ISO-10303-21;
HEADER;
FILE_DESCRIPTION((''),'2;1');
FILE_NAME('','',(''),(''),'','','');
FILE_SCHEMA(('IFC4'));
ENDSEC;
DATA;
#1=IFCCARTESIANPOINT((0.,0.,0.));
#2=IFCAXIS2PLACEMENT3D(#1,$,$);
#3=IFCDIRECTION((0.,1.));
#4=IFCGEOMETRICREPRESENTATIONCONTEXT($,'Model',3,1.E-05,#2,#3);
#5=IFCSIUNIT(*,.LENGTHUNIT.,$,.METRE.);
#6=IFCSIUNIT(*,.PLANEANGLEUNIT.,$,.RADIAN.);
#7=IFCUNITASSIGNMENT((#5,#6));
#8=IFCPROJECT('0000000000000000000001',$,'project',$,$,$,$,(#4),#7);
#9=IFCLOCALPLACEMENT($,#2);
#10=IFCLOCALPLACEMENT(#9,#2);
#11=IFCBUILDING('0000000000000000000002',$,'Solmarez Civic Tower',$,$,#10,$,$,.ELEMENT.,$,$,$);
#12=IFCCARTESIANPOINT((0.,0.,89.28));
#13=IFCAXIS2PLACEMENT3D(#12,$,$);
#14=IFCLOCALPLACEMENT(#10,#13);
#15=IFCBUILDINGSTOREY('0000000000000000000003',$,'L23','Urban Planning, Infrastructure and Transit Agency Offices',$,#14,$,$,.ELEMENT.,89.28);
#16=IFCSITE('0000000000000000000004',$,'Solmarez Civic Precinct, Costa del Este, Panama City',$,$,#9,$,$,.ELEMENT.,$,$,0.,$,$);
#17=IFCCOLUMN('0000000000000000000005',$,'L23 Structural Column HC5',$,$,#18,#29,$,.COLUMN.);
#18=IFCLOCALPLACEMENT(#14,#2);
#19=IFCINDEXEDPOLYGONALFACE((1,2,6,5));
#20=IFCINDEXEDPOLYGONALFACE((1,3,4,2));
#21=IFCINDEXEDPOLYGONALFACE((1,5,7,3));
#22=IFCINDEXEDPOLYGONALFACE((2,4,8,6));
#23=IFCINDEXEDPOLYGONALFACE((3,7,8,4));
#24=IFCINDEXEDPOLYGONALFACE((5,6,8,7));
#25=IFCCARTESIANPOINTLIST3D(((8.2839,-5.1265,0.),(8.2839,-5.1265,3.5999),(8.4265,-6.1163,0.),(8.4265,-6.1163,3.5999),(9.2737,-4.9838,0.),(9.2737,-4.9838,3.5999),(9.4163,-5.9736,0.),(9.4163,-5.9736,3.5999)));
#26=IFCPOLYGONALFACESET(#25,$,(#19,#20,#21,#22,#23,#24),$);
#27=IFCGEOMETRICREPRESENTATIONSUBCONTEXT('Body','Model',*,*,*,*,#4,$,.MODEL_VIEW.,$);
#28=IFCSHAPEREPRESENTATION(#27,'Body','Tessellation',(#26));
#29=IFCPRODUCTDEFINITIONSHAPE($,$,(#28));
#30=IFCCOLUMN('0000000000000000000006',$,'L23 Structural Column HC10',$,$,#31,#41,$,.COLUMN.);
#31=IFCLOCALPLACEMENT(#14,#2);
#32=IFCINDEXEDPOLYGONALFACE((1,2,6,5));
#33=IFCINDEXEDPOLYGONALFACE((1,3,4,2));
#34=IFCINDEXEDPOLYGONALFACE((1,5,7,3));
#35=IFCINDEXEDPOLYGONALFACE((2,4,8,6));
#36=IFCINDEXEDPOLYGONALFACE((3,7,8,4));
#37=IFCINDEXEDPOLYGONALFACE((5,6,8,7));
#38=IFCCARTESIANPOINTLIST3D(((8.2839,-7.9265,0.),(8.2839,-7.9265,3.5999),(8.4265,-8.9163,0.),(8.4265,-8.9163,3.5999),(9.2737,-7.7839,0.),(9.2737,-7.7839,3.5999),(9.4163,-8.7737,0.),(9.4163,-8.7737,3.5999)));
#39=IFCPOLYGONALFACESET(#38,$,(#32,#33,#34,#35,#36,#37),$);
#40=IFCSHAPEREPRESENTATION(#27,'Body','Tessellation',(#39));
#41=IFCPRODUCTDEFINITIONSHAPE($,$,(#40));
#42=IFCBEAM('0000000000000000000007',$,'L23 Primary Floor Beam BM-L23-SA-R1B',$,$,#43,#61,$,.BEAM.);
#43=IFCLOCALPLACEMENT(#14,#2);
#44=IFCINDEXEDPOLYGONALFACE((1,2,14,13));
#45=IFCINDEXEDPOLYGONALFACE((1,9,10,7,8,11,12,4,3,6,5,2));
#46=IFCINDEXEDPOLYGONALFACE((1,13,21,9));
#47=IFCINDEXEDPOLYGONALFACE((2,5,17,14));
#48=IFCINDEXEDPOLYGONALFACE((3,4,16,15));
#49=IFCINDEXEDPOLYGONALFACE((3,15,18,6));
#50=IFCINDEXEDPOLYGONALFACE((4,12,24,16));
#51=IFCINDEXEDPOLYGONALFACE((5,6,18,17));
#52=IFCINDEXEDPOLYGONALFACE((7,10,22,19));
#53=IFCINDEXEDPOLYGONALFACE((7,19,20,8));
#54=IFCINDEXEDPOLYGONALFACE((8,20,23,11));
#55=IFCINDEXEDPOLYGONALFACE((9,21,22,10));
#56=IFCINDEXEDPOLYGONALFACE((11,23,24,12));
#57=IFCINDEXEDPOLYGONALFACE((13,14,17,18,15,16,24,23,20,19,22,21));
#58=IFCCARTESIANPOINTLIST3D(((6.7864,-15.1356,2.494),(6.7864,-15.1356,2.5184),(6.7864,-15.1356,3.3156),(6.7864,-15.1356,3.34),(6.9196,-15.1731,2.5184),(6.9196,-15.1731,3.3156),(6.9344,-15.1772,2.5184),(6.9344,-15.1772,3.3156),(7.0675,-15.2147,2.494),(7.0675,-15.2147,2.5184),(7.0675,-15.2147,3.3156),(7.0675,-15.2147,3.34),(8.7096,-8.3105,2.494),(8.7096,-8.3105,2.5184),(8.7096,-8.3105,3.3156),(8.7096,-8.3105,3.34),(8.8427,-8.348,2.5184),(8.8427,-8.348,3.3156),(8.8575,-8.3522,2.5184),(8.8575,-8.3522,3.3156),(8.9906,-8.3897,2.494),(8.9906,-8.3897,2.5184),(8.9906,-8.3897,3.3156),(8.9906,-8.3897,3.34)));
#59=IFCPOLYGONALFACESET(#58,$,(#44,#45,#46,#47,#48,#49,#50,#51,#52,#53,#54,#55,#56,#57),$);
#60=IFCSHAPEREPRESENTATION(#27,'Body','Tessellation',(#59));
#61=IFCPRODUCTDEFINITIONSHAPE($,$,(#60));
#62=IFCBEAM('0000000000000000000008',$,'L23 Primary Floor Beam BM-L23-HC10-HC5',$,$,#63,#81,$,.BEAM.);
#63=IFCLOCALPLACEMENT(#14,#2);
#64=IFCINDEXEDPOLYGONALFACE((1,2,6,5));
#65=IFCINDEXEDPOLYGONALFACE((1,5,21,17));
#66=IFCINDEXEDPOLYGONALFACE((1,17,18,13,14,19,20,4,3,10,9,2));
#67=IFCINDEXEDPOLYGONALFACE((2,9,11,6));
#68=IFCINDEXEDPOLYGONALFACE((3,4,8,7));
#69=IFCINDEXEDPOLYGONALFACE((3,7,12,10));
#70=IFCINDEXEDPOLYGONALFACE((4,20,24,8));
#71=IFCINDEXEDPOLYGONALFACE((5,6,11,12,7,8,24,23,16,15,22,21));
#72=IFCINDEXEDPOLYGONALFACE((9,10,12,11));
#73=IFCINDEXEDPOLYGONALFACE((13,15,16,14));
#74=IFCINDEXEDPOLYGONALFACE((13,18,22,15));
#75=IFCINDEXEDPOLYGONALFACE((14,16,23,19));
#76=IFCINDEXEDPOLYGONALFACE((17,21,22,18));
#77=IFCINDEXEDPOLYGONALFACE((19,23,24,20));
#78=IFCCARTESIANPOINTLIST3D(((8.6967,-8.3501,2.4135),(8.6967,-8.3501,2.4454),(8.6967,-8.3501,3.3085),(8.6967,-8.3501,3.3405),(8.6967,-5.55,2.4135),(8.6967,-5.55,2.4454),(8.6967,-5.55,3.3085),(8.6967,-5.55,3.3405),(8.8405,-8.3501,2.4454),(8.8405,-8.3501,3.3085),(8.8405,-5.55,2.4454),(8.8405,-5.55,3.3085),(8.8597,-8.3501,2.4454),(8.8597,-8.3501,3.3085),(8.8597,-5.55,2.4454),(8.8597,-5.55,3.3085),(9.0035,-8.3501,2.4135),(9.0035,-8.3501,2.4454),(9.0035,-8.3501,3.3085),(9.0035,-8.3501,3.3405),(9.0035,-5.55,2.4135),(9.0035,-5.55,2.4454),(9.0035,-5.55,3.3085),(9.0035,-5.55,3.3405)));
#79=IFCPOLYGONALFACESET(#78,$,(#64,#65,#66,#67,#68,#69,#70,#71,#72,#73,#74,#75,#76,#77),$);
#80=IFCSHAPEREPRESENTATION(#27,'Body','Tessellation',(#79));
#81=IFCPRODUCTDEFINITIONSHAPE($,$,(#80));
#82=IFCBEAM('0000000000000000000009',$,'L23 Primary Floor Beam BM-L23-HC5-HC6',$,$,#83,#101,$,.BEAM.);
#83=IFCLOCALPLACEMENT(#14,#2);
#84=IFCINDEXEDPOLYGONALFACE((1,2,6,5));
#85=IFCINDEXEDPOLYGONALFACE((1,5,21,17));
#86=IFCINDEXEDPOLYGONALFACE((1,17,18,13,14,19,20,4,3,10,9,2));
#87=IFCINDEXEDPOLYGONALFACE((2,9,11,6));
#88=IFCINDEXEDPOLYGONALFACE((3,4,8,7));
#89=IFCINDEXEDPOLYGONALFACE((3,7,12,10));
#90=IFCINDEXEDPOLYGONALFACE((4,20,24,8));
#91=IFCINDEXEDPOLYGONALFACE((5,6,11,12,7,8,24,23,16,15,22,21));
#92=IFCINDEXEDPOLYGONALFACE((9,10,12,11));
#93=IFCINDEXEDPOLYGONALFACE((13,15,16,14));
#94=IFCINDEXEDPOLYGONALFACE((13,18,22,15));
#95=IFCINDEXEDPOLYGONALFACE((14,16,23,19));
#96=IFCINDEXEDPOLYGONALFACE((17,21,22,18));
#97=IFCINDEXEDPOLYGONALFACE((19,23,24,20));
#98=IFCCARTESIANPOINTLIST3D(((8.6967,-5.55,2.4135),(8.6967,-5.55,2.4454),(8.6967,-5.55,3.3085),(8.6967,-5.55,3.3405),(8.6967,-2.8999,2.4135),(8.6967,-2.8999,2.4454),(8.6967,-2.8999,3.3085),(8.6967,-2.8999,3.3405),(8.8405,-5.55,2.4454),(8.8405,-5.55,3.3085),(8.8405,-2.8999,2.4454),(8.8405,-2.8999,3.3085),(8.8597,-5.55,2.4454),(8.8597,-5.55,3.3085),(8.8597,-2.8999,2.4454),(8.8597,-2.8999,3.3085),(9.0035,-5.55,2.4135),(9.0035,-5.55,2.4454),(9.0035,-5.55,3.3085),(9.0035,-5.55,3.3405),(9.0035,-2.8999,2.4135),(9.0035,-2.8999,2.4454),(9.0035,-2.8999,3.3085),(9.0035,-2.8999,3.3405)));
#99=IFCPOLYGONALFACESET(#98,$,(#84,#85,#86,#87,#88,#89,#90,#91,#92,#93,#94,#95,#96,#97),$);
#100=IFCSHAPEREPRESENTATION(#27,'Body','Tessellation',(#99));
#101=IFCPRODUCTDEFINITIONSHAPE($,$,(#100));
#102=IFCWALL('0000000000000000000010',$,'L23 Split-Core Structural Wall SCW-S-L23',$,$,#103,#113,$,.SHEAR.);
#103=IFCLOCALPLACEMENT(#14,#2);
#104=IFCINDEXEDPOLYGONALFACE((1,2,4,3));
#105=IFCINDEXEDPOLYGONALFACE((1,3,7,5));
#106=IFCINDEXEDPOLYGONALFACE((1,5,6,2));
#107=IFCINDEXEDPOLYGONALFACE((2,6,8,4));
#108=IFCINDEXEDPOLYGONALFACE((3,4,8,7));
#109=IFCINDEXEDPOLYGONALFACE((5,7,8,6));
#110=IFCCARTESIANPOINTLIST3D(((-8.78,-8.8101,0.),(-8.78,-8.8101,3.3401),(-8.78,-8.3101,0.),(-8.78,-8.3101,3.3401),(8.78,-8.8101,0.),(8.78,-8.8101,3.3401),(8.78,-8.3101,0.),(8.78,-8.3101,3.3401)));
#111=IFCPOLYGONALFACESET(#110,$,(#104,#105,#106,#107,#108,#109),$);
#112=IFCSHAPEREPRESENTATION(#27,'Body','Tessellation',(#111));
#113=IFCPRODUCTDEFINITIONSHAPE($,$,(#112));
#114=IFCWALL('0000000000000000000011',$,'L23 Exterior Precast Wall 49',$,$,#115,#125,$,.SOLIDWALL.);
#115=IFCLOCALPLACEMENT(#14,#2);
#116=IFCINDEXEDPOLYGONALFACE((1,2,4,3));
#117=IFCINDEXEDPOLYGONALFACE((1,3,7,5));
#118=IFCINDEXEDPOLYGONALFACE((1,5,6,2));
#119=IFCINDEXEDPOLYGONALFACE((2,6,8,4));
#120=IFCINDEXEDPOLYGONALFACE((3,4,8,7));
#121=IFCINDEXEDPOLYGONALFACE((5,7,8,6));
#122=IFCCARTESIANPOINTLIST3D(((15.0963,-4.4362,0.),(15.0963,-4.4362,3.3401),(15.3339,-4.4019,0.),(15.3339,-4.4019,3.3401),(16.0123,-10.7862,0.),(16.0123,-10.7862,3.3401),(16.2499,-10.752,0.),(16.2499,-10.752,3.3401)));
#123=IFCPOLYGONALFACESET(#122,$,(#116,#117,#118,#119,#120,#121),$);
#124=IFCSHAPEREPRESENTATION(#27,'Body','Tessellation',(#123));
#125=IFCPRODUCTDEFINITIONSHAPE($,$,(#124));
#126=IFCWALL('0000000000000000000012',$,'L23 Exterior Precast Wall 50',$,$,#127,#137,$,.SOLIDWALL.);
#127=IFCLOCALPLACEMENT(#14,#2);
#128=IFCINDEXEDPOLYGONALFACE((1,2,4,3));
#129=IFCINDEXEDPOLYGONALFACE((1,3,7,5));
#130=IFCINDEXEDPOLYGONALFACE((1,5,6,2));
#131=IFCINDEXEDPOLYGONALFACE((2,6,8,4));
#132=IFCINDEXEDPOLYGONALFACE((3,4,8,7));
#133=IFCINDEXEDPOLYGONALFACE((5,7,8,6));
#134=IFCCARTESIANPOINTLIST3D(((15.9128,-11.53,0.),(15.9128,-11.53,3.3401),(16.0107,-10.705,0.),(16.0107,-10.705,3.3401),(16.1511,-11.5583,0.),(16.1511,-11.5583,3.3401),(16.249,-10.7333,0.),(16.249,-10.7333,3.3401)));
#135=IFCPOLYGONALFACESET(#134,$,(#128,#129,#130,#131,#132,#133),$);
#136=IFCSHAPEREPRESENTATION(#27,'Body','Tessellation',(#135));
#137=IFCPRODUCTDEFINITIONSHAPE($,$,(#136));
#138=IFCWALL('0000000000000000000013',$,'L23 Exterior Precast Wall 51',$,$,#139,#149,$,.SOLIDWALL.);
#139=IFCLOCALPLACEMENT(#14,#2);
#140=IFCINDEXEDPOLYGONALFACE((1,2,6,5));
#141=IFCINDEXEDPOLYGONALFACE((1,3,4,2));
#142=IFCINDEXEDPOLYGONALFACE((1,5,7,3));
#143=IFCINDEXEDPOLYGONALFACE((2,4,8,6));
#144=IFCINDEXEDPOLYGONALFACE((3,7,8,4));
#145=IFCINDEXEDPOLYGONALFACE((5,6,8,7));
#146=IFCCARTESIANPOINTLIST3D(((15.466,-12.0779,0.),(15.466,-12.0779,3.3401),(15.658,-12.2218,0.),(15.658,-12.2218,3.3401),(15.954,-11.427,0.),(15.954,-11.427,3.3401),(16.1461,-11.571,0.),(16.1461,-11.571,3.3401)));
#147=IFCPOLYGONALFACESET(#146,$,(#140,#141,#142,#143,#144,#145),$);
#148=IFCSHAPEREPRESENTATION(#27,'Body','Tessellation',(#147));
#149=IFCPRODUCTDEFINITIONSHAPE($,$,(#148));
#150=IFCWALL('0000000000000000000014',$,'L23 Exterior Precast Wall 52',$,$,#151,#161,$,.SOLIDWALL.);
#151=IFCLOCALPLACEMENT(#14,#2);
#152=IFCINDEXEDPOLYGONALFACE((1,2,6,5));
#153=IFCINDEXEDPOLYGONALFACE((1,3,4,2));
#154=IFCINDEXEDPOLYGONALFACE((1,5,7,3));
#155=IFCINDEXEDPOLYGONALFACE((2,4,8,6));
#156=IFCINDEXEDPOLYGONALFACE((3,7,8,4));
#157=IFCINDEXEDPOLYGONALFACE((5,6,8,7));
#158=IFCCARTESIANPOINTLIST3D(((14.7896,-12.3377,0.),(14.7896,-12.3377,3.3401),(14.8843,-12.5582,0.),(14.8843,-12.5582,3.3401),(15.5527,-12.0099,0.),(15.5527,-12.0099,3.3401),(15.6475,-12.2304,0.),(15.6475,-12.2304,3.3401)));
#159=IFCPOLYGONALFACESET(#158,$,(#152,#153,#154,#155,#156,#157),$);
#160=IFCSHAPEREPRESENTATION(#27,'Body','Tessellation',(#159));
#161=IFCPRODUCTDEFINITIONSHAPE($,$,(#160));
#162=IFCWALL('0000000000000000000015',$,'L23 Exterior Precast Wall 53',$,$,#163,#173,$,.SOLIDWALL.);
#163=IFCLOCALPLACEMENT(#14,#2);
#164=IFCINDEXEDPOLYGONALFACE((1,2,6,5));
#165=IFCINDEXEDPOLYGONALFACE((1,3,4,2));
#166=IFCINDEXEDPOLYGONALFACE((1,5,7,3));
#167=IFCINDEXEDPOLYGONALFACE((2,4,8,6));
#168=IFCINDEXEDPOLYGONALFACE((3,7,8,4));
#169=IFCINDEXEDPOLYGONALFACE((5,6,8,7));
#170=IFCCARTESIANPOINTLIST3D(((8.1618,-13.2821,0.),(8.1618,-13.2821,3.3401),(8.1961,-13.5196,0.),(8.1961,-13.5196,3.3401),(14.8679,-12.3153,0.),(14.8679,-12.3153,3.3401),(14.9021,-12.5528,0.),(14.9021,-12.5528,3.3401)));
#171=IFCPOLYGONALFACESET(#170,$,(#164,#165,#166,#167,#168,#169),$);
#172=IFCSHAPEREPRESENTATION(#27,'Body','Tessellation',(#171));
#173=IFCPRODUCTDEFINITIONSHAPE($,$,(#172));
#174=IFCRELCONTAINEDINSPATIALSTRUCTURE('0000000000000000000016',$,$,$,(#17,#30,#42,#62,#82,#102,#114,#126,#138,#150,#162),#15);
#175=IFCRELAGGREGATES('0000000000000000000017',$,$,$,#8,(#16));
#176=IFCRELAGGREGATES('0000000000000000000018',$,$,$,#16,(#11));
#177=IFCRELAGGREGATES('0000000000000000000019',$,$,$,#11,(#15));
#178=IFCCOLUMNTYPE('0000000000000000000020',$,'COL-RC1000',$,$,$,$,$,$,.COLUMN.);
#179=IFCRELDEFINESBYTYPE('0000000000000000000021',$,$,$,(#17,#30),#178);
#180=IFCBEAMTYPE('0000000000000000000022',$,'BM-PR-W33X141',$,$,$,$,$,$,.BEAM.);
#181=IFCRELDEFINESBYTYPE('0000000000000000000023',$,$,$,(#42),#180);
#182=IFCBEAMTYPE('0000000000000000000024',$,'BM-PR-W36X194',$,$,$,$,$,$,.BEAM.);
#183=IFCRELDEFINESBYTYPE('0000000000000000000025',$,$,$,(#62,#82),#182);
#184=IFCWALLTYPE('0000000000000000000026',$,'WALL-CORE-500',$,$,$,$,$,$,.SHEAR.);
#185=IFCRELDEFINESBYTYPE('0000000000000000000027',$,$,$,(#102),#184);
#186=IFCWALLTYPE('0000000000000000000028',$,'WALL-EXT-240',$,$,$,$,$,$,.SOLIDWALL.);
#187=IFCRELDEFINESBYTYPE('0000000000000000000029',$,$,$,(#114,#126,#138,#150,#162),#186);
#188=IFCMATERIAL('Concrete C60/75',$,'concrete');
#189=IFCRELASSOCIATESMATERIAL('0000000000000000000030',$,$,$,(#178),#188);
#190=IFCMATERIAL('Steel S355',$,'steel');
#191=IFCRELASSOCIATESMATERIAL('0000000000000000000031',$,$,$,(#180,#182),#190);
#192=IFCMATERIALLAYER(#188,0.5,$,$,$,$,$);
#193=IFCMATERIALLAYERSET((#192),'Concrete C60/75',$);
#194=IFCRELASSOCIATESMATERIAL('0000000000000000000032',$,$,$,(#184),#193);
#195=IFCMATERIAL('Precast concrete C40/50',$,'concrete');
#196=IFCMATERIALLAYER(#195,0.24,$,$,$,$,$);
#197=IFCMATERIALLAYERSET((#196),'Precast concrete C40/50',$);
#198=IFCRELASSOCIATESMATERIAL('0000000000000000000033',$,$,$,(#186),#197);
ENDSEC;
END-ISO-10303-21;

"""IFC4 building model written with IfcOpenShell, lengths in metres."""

from ifc_helpers import new_model, si_unit, direction, frame, frame_2d, origin, origin_2d, place, context, subcontext, project, spatial, rectangle, i_section, extrude, material, layer, layer_set, material_profile, profile_set, type_object, element, save


model = new_model("IFC4")

# Units and contexts
model_context = context("Model", 3, precision=1e-05, world=origin(), true_north=direction((0.0, 1.0)))
body_context = subcontext(model_context, "Body", "Model", "MODEL_VIEW")
ifc_project = project(units=[si_unit("LENGTHUNIT", "METRE"), si_unit("PLANEANGLEUNIT", "RADIAN")], contexts=[model_context])

# Site, building, storey
site_placement = place(None, origin())
site = spatial("IfcSite", under=ifc_project, at=site_placement, Name="Solmarez Civic Precinct, Costa del Este, Panama City", CompositionType="ELEMENT", RefElevation=0.0)
building_placement = place(site_placement, origin())
building = spatial("IfcBuilding", under=site, at=building_placement, Name="Solmarez Civic Tower", CompositionType="ELEMENT")
storey_placement = place(building_placement, frame((0.0, 0.0, 89.28)))
storey = spatial("IfcBuildingStorey", under=building, at=storey_placement, Name="L23", Description="Urban Planning, Infrastructure and Transit Agency Offices", CompositionType="ELEMENT", Elevation=89.28)

# Columns
ifc_material_1 = material(Name="Concrete C60/75", Category="concrete")
ifc_material_profile_1 = material_profile(ifc_material_1, rectangle(XDim=1.0, YDim=1.0, at=origin_2d()), Name="RC1000X1000")
ifc_profile_set_1 = profile_set([ifc_material_profile_1], Name="Concrete C60/75")
column_type = type_object("IfcColumnType", Name="COL-RC1000", PredefinedType="COLUMN", material=ifc_profile_set_1)
for number, where, z_axis, x_axis, name in (
    (1, (8.8501, -5.55, 0.0), (0.0, 0.0, 1.0), (0.989776, 0.142629, 0.0), "L23 Structural Column HC5"),
    (2, (8.8501, -8.3501, 0.0), (0.0, 0.0, 1.0), (0.989776, 0.142629, 0.0), "L23 Structural Column HC10"),
):
    element("IfcColumn", number, at=place(storey_placement, frame(where, z_axis=z_axis, x_axis=x_axis)), inside=storey, type_object=column_type, Name=name, PredefinedType="COLUMN", context=body_context, shape_type="SweptSolid", body=[
        extrude(rectangle(XDim=1.0, YDim=1.0, at=origin_2d()), origin(), (0.0, 0.0, 1.0), 3.5999),
    ])

# Beams
ifc_material_2 = material(Name="Steel S355", Category="steel")
ifc_material_profile_2 = material_profile(ifc_material_2, i_section(OverallWidth=0.292, OverallDepth=0.8459, WebThickness=0.0154, FlangeThickness=0.0244, at=origin_2d()), Name="W33X141")
ifc_profile_set_2 = profile_set([ifc_material_profile_2], Name="Steel S355")
beam_type_1 = type_object("IfcBeamType", Name="BM-PR-W33X141", PredefinedType="BEAM", material=ifc_profile_set_2)
beam_1_placement = place(storey_placement, frame((8.8501, -8.3501, 2.917), z_axis=(-0.271213, -0.962519, 0.0), x_axis=(0.962519, -0.271213, 0.0)))
element("IfcBeam", 3, at=beam_1_placement, inside=storey, type_object=beam_type_1, Name="L23 Primary Floor Beam BM-L23-SA-R1B", PredefinedType="BEAM", context=body_context, shape_type="SweptSolid", body=[
    extrude(i_section(OverallWidth=0.292, OverallDepth=0.8459, WebThickness=0.0154, FlangeThickness=0.0244, at=origin_2d()), origin(), (0.0, 0.0, 1.0), 7.0908),
])
ifc_material_profile_3 = material_profile(ifc_material_2, i_section(OverallWidth=0.3069, OverallDepth=0.927, WebThickness=0.0193, FlangeThickness=0.032, at=origin_2d()), Name="W36X194")
ifc_profile_set_3 = profile_set([ifc_material_profile_3], Name="Steel S355")
beam_type_2 = type_object("IfcBeamType", Name="BM-PR-W36X194", PredefinedType="BEAM", material=ifc_profile_set_3)
beam_2_placement = place(storey_placement, frame((8.8501, -8.3501, 2.877), z_axis=(0.0, 1.0, 0.0), x_axis=(-1.0, 0.0, 0.0)))
element("IfcBeam", 4, at=beam_2_placement, inside=storey, type_object=beam_type_2, Name="L23 Primary Floor Beam BM-L23-HC10-HC5", PredefinedType="BEAM", context=body_context, shape_type="SweptSolid", body=[
    extrude(i_section(OverallWidth=0.3069, OverallDepth=0.927, WebThickness=0.0193, FlangeThickness=0.032, at=origin_2d()), origin(), (0.0, 0.0, 1.0), 2.8),
])
beam_3_placement = place(storey_placement, frame((8.8501, -5.55, 2.877), z_axis=(0.0, 1.0, 0.0), x_axis=(-1.0, 0.0, 0.0)))
element("IfcBeam", 5, at=beam_3_placement, inside=storey, type_object=beam_type_2, Name="L23 Primary Floor Beam BM-L23-HC5-HC6", PredefinedType="BEAM", context=body_context, shape_type="SweptSolid", body=[
    extrude(i_section(OverallWidth=0.3069, OverallDepth=0.927, WebThickness=0.0193, FlangeThickness=0.032, at=origin_2d()), origin(), (0.0, 0.0, 1.0), 2.6501),
])

# Walls
ifc_layer_1 = layer(ifc_material_1, 0.5)
ifc_layer_set_1 = layer_set([ifc_layer_1], Name="Concrete C60/75")
wall_type_1 = type_object("IfcWallType", Name="WALL-CORE-500", PredefinedType="SHEAR", material=ifc_layer_set_1)
wall_1_placement = place(storey_placement, frame((8.78, -8.5601, 0.0), z_axis=(0.0, 0.0, 1.0), x_axis=(-1.0, 0.0, 0.0)))
element("IfcWall", 6, at=wall_1_placement, inside=storey, type_object=wall_type_1, Name="L23 Split-Core Structural Wall SCW-S-L23", PredefinedType="SHEAR", context=body_context, shape_type="SweptSolid", body=[
    extrude(rectangle(XDim=17.5601, YDim=0.5, at=frame_2d((8.78, 0.0))), origin(), (0.0, 0.0, 1.0), 3.3401),
])
ifc_material_3 = material(Name="Precast concrete C40/50", Category="concrete")
ifc_layer_2 = layer(ifc_material_3, 0.24)
ifc_layer_set_2 = layer_set([ifc_layer_2], Name="Precast concrete C40/50")
wall_type_2 = type_object("IfcWallType", Name="WALL-EXT-240", PredefinedType="SOLIDWALL", material=ifc_layer_set_2)
wall_2_placement = place(storey_placement, frame((15.2151, -4.4189, 0.0), z_axis=(0.0, 0.0, 1.0), x_axis=(0.142774, -0.989755, 0.0)))
element("IfcWall", 7, at=wall_2_placement, inside=storey, type_object=wall_type_2, Name="L23 Exterior Precast Wall 49", PredefinedType="SOLIDWALL", context=body_context, shape_type="SweptSolid", body=[
    extrude(rectangle(XDim=6.4158, YDim=0.24, at=frame_2d((3.208, 0.0))), origin(), (0.0, 0.0, 1.0), 3.3401),
])
wall_3_placement = place(storey_placement, frame((16.1299, -10.719, 0.0), z_axis=(0.0, 0.0, 1.0), x_axis=(-0.117847, -0.993032, 0.0)))
element("IfcWall", 8, at=wall_3_placement, inside=storey, type_object=wall_type_2, Name="L23 Exterior Precast Wall 50", PredefinedType="SOLIDWALL", context=body_context, shape_type="SweptSolid", body=[
    extrude(rectangle(XDim=0.8308, YDim=0.24, at=frame_2d((0.4155, 0.0))), origin(), (0.0, 0.0, 1.0), 3.3401),
])
wall_4_placement = place(storey_placement, frame((16.05, -11.499, 0.0), z_axis=(0.0, 0.0, 1.0), x_axis=(-0.599904, -0.800072, 0.0)))
element("IfcWall", 9, at=wall_4_placement, inside=storey, type_object=wall_type_2, Name="L23 Exterior Precast Wall 51", PredefinedType="SOLIDWALL", context=body_context, shape_type="SweptSolid", body=[
    extrude(rectangle(XDim=0.8135, YDim=0.24, at=frame_2d((0.4067, 0.0))), origin(), (0.0, 0.0, 1.0), 3.3401),
])
wall_5_placement = place(storey_placement, frame((15.6001, -12.1201, 0.0), z_axis=(0.0, 0.0, 1.0), x_axis=(-0.918795, -0.394735, 0.0)))
element("IfcWall", 10, at=wall_5_placement, inside=storey, type_object=wall_type_2, Name="L23 Exterior Precast Wall 52", PredefinedType="SOLIDWALL", context=body_context, shape_type="SweptSolid", body=[
    extrude(rectangle(XDim=0.8306, YDim=0.24, at=frame_2d((0.4153, 0.0))), origin(), (0.0, 0.0, 1.0), 3.3401),
])
wall_6_placement = place(storey_placement, frame((14.885, -12.4341, 0.0), z_axis=(0.0, 0.0, 1.0), x_axis=(-0.989767, -0.142693, 0.0)))
element("IfcWall", 11, at=wall_6_placement, inside=storey, type_object=wall_type_2, Name="L23 Exterior Precast Wall 53", PredefinedType="SOLIDWALL", context=body_context, shape_type="SweptSolid", body=[
    extrude(rectangle(XDim=6.7754, YDim=0.24, at=frame_2d((3.3877, 0.0))), origin(), (0.0, 0.0, 1.0), 3.3401),
])

save(model, "model.ifc")
